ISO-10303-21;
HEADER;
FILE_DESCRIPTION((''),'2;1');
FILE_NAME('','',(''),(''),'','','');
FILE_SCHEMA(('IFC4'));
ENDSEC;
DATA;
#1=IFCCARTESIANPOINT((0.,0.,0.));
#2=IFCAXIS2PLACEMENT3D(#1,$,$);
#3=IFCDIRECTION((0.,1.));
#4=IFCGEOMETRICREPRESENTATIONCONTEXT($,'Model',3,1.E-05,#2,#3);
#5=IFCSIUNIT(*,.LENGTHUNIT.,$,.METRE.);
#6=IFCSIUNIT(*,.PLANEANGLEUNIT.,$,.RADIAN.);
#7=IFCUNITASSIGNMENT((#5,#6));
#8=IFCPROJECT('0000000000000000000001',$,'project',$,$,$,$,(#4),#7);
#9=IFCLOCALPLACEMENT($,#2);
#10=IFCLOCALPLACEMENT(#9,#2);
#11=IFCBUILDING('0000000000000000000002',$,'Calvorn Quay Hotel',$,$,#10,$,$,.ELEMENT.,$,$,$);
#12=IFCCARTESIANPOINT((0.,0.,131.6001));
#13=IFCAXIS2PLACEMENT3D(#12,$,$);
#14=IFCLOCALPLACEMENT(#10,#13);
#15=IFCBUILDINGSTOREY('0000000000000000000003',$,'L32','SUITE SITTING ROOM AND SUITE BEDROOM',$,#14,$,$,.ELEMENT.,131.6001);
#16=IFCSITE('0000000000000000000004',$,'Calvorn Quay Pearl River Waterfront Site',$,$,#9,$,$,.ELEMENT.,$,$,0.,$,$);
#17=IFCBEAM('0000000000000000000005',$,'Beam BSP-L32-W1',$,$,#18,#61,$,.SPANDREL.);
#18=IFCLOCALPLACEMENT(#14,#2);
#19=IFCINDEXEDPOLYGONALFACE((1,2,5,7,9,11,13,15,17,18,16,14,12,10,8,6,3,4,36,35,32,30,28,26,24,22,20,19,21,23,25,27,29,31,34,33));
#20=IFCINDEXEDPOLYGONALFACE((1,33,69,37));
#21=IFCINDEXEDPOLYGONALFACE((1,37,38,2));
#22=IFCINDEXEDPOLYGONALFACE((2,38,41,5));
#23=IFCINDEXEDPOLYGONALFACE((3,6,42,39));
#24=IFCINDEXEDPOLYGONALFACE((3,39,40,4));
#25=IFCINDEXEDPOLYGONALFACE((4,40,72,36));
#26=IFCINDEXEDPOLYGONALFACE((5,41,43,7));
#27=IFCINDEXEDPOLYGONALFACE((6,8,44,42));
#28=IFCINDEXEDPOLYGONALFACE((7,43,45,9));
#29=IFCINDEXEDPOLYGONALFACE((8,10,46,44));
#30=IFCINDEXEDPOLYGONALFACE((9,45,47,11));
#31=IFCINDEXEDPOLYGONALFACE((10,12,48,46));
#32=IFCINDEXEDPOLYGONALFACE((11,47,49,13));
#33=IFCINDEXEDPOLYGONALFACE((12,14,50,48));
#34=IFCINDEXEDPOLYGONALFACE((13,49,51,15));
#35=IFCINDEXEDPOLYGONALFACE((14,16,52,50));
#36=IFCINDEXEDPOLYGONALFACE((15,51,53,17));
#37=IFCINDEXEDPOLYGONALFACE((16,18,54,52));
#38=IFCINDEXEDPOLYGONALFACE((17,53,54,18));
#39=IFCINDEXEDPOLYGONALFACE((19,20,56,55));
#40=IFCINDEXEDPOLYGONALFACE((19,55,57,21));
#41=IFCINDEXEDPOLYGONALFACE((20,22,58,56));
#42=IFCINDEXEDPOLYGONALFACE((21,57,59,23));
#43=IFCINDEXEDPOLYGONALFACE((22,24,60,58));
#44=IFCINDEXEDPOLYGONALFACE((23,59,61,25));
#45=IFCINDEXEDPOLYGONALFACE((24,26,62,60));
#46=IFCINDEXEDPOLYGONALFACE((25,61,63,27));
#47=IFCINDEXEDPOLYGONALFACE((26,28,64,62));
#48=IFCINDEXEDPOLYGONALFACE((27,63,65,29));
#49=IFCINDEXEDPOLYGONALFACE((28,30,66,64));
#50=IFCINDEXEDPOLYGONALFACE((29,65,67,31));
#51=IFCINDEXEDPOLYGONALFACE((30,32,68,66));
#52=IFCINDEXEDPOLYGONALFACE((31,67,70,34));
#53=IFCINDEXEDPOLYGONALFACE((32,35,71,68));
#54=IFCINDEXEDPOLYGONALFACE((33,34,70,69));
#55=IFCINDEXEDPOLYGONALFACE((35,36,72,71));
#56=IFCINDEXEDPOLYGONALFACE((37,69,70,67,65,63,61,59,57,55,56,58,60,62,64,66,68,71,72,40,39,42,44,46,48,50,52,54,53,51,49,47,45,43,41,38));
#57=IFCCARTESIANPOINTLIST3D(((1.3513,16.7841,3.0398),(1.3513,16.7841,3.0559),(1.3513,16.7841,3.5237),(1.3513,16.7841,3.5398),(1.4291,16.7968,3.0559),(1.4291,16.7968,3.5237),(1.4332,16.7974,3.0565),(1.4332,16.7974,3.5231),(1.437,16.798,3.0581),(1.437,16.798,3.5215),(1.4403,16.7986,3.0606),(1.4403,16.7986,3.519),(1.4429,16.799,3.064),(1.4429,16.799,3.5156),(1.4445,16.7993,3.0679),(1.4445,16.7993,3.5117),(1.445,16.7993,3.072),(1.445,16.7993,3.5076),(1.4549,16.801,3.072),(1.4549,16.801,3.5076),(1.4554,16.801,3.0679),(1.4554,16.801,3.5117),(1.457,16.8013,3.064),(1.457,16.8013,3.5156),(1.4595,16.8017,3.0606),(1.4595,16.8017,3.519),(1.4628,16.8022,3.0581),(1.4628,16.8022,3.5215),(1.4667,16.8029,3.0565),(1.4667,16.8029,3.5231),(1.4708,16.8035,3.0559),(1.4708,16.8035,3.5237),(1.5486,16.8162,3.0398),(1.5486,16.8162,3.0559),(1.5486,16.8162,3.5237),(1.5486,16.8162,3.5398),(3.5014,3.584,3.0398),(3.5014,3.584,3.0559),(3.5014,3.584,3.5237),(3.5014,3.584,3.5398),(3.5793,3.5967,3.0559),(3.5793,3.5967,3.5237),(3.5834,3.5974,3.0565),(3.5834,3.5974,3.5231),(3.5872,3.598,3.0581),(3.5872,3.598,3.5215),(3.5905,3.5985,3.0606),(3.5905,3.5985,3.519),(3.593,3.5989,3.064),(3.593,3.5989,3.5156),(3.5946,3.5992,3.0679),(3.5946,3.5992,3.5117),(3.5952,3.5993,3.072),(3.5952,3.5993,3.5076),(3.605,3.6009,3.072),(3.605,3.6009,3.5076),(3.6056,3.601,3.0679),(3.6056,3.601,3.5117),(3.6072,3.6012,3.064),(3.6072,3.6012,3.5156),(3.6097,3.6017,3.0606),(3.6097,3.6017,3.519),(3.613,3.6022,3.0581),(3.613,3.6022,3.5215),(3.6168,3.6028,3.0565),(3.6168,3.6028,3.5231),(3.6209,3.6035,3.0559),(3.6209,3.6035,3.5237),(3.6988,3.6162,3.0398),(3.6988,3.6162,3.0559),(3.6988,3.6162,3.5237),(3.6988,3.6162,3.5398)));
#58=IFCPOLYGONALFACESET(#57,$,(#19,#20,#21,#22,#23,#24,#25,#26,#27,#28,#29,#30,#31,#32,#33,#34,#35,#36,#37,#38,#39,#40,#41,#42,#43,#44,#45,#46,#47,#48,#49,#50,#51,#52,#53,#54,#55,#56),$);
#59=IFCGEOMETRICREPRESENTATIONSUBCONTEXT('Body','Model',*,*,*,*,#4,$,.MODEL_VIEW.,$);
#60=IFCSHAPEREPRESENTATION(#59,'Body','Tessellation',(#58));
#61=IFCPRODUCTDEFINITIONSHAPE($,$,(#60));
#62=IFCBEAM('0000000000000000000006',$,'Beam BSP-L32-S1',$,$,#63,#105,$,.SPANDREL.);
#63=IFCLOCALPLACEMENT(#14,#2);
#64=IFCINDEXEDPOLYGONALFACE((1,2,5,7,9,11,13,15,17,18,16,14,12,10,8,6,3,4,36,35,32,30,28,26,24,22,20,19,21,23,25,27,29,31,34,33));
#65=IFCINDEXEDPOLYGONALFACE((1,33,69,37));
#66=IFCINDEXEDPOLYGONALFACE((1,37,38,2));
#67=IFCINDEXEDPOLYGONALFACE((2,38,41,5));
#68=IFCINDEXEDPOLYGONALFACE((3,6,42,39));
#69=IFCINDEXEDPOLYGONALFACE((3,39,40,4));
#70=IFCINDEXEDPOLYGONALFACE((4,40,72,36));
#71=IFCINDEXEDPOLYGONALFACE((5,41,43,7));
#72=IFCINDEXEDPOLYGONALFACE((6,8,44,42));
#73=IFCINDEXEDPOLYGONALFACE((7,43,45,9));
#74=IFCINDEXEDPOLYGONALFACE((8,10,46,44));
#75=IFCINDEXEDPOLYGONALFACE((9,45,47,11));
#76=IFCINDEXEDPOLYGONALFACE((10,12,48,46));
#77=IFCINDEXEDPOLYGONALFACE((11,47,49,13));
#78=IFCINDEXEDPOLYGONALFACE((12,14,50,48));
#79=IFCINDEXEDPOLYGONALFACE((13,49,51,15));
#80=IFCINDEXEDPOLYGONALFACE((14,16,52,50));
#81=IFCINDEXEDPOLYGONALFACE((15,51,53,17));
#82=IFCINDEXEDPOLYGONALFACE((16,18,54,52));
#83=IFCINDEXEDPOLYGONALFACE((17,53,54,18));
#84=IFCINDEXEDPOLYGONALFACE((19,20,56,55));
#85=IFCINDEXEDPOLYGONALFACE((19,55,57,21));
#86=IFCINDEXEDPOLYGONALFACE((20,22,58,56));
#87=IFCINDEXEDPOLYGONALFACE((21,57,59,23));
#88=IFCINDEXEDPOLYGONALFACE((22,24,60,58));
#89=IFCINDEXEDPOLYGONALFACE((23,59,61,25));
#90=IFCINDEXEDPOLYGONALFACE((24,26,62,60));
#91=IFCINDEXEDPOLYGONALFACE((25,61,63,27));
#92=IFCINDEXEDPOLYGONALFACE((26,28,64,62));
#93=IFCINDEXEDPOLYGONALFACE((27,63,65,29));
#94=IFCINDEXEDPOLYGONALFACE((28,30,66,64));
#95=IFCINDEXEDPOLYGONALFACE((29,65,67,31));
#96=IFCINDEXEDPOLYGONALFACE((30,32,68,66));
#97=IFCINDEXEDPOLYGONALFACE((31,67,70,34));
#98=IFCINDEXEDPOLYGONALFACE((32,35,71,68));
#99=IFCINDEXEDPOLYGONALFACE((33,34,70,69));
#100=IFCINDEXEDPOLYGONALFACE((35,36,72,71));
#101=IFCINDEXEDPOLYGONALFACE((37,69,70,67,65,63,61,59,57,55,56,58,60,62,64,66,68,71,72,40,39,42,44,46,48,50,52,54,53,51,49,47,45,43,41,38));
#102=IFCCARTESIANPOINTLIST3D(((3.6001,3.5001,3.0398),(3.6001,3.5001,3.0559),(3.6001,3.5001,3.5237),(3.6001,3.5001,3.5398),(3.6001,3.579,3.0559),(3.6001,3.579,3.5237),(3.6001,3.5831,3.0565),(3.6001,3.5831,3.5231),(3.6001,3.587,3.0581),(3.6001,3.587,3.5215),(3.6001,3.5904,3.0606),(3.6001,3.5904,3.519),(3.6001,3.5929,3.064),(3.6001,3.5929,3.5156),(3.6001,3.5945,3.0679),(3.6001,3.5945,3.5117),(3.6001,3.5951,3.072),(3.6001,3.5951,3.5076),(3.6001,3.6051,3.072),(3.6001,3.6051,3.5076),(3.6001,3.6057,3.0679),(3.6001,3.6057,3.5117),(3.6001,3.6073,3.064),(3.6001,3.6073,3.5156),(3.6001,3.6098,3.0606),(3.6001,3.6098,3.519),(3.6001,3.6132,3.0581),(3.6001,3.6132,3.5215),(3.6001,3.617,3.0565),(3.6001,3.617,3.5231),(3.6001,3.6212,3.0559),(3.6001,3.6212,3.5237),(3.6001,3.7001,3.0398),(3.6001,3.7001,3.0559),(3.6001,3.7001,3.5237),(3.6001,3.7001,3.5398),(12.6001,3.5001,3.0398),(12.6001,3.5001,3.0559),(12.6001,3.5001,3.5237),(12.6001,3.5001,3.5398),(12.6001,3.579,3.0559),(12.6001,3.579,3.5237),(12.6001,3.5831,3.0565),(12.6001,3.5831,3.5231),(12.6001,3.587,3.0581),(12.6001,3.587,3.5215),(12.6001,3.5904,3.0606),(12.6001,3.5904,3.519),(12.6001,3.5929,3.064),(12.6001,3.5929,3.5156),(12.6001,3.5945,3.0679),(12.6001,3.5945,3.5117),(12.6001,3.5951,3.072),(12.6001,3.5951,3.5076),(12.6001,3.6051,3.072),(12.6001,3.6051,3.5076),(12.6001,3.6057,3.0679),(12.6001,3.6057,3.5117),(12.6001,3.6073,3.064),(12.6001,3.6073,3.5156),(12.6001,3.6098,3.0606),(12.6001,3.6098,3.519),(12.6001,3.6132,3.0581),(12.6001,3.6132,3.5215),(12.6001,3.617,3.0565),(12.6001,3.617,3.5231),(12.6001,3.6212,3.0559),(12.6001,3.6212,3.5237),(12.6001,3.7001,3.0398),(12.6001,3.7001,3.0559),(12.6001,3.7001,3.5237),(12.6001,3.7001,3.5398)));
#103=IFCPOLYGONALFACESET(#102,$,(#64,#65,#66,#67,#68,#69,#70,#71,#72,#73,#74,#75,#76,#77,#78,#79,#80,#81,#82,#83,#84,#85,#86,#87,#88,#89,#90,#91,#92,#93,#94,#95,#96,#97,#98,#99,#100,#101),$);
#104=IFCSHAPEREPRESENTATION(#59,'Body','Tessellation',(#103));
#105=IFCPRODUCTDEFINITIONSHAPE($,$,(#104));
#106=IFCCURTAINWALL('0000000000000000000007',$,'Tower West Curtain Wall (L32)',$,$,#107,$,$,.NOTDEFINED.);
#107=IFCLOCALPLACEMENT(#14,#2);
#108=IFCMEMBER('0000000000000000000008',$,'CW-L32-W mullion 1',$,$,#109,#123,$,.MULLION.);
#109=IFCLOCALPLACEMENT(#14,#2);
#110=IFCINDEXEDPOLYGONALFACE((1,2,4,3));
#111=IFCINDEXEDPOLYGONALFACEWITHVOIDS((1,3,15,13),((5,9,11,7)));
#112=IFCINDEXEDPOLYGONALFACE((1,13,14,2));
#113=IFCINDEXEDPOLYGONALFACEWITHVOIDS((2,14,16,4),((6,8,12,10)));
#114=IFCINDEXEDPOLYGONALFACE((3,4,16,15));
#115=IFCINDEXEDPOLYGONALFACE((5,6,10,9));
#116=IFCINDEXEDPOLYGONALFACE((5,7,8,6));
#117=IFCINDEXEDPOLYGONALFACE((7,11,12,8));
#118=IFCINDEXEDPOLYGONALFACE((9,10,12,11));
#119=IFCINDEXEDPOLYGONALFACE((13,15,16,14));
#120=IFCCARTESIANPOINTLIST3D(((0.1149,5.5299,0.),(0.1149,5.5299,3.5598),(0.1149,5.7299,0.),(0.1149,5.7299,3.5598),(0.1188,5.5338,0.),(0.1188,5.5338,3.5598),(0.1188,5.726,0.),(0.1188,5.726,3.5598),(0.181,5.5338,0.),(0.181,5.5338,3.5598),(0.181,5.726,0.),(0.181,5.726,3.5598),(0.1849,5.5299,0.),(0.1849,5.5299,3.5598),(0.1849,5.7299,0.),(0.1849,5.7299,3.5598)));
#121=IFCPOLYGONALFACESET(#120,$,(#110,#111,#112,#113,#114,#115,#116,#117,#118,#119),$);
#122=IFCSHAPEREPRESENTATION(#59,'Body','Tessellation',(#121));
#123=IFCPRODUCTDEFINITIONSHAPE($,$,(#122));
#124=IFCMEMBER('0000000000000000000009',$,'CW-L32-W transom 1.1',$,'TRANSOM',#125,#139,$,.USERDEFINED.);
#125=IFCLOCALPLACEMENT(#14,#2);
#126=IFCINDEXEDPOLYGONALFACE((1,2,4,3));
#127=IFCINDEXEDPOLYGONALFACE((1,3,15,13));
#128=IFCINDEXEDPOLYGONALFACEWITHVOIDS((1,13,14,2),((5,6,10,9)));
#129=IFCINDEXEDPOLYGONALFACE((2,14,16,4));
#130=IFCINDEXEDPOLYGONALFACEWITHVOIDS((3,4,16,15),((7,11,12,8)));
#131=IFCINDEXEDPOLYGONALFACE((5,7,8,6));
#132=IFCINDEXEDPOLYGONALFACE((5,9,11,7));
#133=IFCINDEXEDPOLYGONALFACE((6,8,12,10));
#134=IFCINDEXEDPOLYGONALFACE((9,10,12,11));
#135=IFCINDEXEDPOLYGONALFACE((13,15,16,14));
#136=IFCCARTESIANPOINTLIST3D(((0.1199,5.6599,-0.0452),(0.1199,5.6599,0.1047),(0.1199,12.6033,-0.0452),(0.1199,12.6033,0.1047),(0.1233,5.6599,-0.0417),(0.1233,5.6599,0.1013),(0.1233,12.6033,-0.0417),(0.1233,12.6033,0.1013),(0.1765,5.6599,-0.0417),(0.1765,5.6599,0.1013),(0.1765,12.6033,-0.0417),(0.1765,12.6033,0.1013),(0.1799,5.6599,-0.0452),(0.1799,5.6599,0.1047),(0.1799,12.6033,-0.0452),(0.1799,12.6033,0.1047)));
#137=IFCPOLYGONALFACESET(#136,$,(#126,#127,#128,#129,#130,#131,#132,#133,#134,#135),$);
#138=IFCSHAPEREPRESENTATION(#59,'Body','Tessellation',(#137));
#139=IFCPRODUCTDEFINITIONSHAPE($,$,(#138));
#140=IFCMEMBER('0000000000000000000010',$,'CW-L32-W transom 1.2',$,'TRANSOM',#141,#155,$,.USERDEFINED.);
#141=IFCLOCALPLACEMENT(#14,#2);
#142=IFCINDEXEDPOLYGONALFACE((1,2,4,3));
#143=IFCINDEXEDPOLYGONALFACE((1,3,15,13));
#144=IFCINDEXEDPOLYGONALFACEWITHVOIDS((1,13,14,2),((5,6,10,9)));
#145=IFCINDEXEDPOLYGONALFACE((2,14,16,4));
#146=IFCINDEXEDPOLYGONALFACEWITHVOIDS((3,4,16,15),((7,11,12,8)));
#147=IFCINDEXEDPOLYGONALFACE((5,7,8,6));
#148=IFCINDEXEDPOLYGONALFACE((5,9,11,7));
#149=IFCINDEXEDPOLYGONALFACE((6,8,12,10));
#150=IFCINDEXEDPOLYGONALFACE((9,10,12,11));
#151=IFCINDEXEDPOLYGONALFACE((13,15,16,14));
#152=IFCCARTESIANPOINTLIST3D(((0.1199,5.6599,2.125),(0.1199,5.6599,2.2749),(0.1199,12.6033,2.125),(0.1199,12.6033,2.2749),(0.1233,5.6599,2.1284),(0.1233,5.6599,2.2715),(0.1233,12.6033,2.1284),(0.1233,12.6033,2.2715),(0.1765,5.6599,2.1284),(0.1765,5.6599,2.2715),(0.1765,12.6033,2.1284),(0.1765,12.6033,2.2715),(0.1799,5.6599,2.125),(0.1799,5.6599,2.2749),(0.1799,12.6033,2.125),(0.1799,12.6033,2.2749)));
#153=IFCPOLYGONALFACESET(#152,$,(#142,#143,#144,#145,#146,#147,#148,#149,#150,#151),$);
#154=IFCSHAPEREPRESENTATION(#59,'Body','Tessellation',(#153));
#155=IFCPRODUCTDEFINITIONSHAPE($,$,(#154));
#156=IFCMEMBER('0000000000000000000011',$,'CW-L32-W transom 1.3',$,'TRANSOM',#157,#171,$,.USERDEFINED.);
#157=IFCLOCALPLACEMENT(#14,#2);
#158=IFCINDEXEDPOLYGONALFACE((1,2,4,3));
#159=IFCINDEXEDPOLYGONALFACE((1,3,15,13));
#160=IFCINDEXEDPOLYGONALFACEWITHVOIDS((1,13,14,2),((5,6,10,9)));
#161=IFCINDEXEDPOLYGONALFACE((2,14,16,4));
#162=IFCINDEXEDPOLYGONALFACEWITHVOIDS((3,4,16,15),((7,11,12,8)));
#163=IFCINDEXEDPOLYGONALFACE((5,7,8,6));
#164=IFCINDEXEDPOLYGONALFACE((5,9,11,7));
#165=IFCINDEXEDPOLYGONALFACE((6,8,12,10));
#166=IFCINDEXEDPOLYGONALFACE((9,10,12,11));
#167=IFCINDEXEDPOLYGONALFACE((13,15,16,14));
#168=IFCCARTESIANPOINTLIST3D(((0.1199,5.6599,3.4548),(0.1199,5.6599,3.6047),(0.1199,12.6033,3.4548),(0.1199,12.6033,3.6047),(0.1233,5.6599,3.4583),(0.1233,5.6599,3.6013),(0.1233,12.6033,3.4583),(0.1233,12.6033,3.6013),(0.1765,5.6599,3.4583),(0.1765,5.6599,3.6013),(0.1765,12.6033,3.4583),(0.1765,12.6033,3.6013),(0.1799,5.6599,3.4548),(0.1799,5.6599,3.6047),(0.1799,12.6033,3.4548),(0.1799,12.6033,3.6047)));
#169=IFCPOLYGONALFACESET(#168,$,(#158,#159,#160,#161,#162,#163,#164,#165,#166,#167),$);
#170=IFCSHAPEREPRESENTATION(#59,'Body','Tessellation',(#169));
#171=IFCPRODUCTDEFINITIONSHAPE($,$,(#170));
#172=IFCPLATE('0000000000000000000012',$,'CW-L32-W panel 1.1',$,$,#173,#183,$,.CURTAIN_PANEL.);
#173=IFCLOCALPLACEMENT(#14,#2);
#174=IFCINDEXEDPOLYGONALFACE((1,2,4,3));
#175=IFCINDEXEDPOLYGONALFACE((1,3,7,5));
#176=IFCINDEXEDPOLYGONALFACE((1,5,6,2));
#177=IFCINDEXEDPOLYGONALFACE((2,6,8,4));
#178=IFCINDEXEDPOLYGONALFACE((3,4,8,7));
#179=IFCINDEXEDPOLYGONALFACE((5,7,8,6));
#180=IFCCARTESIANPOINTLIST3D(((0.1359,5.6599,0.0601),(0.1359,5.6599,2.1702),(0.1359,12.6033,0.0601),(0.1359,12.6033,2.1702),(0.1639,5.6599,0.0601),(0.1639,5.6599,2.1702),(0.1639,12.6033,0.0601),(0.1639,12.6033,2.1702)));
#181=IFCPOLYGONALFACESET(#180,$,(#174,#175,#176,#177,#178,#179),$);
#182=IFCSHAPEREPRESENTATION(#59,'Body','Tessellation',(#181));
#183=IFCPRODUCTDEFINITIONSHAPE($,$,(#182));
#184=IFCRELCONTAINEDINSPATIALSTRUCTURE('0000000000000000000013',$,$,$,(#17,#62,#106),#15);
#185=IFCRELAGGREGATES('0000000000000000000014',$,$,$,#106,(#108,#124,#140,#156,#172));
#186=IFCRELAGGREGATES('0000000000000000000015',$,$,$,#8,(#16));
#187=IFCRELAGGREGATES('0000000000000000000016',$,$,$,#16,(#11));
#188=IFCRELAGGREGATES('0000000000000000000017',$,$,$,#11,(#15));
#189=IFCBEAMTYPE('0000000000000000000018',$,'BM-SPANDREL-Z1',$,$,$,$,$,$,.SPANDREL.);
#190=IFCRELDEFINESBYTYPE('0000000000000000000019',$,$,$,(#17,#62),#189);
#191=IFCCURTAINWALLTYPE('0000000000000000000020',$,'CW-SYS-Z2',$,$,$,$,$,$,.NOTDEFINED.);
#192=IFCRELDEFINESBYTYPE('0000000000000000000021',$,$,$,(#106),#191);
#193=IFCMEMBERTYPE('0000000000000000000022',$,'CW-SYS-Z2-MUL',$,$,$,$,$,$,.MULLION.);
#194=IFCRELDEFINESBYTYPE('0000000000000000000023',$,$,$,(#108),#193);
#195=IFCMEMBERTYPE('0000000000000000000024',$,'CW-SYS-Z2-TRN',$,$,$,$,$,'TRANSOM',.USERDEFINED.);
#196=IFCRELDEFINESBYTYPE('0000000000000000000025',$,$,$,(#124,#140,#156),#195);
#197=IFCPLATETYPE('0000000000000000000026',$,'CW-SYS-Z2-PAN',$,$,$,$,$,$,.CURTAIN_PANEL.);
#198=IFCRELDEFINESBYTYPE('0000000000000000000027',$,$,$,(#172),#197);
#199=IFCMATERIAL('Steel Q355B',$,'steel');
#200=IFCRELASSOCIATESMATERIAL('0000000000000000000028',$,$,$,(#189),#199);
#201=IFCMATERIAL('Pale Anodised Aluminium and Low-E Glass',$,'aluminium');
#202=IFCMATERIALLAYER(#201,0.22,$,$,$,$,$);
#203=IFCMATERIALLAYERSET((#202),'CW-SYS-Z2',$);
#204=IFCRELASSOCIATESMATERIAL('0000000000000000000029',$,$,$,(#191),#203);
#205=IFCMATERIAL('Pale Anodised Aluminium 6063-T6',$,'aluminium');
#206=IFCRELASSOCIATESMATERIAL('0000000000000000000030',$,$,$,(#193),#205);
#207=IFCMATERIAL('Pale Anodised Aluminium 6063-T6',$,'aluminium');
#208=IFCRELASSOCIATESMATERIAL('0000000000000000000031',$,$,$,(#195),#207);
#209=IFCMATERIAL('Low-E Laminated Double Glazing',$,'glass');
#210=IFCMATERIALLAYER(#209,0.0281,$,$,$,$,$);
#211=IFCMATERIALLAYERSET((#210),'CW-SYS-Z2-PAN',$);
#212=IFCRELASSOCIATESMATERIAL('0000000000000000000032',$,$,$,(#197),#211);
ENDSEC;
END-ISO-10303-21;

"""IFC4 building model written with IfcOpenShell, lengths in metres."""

from ifc_helpers import new_model, si_unit, direction, frame, origin, origin_2d, place, context, subcontext, project, spatial, rectangle, hollow_rectangle, i_section, extrude, material, layer, layer_set, material_profile, profile_set, type_object, element, aggregate, save


model = new_model("IFC4")

# Units and contexts
model_context = context("Model", 3, precision=1e-05, world=origin(), true_north=direction((0.0, 1.0)))
body_context = subcontext(model_context, "Body", "Model", "MODEL_VIEW")
ifc_project = project(units=[si_unit("LENGTHUNIT", "METRE"), si_unit("PLANEANGLEUNIT", "RADIAN")], contexts=[model_context])

# Site, building, storey
site_placement = place(None, origin())
site = spatial("IfcSite", under=ifc_project, at=site_placement, Name="Calvorn Quay Pearl River Waterfront Site", CompositionType="ELEMENT", RefElevation=0.0)
building_placement = place(site_placement, origin())
building = spatial("IfcBuilding", under=site, at=building_placement, Name="Calvorn Quay Hotel", CompositionType="ELEMENT")
storey_placement = place(building_placement, frame((0.0, 0.0, 131.6001)))
storey = spatial("IfcBuildingStorey", under=building, at=storey_placement, Name="L32", Description="SUITE SITTING ROOM AND SUITE BEDROOM", CompositionType="ELEMENT", Elevation=131.6001)

# Beams
ifc_material_1 = material(Name="Steel Q355B", Category="steel")
ifc_material_profile_1 = material_profile(ifc_material_1, i_section(OverallWidth=0.2, OverallDepth=0.5, WebThickness=0.01, FlangeThickness=0.0161, FilletRadius=0.0161, at=origin_2d()), Name="HN500x200x10x16")
ifc_profile_set_1 = profile_set([ifc_material_profile_1], Name="Steel Q355B")
beam_type_1 = type_object("IfcBeamType", Name="BM-SPANDREL-Z1", PredefinedType="SPANDREL", material=ifc_profile_set_1)
beam_1_placement = place(storey_placement, frame((3.6001, 3.6001, 3.2898), z_axis=(-0.160772, 0.986992, 0.0), x_axis=(-0.986992, -0.160772, 0.0)))
element("IfcBeam", 1, at=beam_1_placement, inside=storey, type_object=beam_type_1, Name="Beam BSP-L32-W1", PredefinedType="SPANDREL", context=body_context, shape_type="SweptSolid", body=[
    extrude(i_section(OverallWidth=0.2, OverallDepth=0.5, WebThickness=0.01, FlangeThickness=0.0161, FilletRadius=0.0161, at=origin_2d()), origin(), (0.0, 0.0, 1.0), 13.374),
])
beam_2_placement = place(storey_placement, frame((3.6001, 3.6001, 3.2898), z_axis=(1.0, 0.0, 0.0), x_axis=(0.0, 1.0, 0.0)))
element("IfcBeam", 2, at=beam_2_placement, inside=storey, type_object=beam_type_1, Name="Beam BSP-L32-S1", PredefinedType="SPANDREL", context=body_context, shape_type="SweptSolid", body=[
    extrude(i_section(OverallWidth=0.2, OverallDepth=0.5, WebThickness=0.01, FlangeThickness=0.0161, FilletRadius=0.0161, at=origin_2d()), origin(), (0.0, 0.0, 1.0), 9.0),
])

# Curtain wall, members, plate
ifc_material_2 = material(Name="Pale Anodised Aluminium and Low-E Glass", Category="aluminium")
ifc_layer_1 = layer(ifc_material_2, 0.22)
ifc_layer_set_1 = layer_set([ifc_layer_1], Name="CW-SYS-Z2")
curtain_wall_type = type_object("IfcCurtainWallType", Name="CW-SYS-Z2", PredefinedType="NOTDEFINED", material=ifc_layer_set_1)
curtain_wall_placement = place(storey_placement, origin())
curtain_wall = element("IfcCurtainWall", 3, at=curtain_wall_placement, inside=storey, type_object=curtain_wall_type, Name="Tower West Curtain Wall (L32)", PredefinedType="NOTDEFINED")
ifc_material_3 = material(Name="Pale Anodised Aluminium 6063-T6", Category="aluminium")
ifc_material_profile_2 = material_profile(ifc_material_3, hollow_rectangle(XDim=0.0701, YDim=0.2, WallThickness=0.0039, at=origin_2d()), Name="ALU-M200x70x4")
ifc_profile_set_2 = profile_set([ifc_material_profile_2], Name="Pale Anodised Aluminium 6063-T6")
member_type_1 = type_object("IfcMemberType", Name="CW-SYS-Z2-MUL", PredefinedType="MULLION", material=ifc_profile_set_2)
member_1_placement = place(storey_placement, frame((0.1499, 5.6299, 0.0), z_axis=(0.0, 0.0, 1.0), x_axis=(-1.0, 0.0, 0.0)))
member_1 = element("IfcMember", 4, at=member_1_placement, type_object=member_type_1, Name="CW-L32-W mullion 1", PredefinedType="MULLION", context=body_context, shape_type="SweptSolid", body=[
    extrude(hollow_rectangle(XDim=0.0701, YDim=0.2, WallThickness=0.0039, at=origin_2d()), origin(), (0.0, 0.0, 1.0), 3.5598),
])
ifc_material_4 = material(Name="Pale Anodised Aluminium 6063-T6", Category="aluminium")
ifc_material_profile_3 = material_profile(ifc_material_4, hollow_rectangle(XDim=0.0601, YDim=0.1499, WallThickness=0.0034, at=origin_2d()), Name="ALU-T150x60x3.5")
ifc_profile_set_3 = profile_set([ifc_material_profile_3], Name="Pale Anodised Aluminium 6063-T6")
member_type_2 = type_object("IfcMemberType", Name="CW-SYS-Z2-TRN", ElementType="TRANSOM", PredefinedType="USERDEFINED", material=ifc_profile_set_3)
member_2_placement = place(storey_placement, frame((0.1499, 5.6599, 0.0298), z_axis=(0.0, 1.0, 0.0), x_axis=(-1.0, 0.0, 0.0)))
member_2 = element("IfcMember", 5, at=member_2_placement, type_object=member_type_2, Name="CW-L32-W transom 1.1", ObjectType="TRANSOM", PredefinedType="USERDEFINED", context=body_context, shape_type="SweptSolid", body=[
    extrude(hollow_rectangle(XDim=0.0601, YDim=0.1499, WallThickness=0.0034, at=origin_2d()), origin(), (0.0, 0.0, 1.0), 6.9434),
])
member_3_placement = place(storey_placement, frame((0.1499, 5.6599, 2.2), z_axis=(0.0, 1.0, 0.0), x_axis=(-1.0, 0.0, 0.0)))
member_3 = element("IfcMember", 6, at=member_3_placement, type_object=member_type_2, Name="CW-L32-W transom 1.2", ObjectType="TRANSOM", PredefinedType="USERDEFINED", context=body_context, shape_type="SweptSolid", body=[
    extrude(hollow_rectangle(XDim=0.0601, YDim=0.1499, WallThickness=0.0034, at=origin_2d()), origin(), (0.0, 0.0, 1.0), 6.9434),
])
member_4_placement = place(storey_placement, frame((0.1499, 5.6599, 3.5298), z_axis=(0.0, 1.0, 0.0), x_axis=(-1.0, 0.0, 0.0)))
member_4 = element("IfcMember", 7, at=member_4_placement, type_object=member_type_2, Name="CW-L32-W transom 1.3", ObjectType="TRANSOM", PredefinedType="USERDEFINED", context=body_context, shape_type="SweptSolid", body=[
    extrude(hollow_rectangle(XDim=0.0601, YDim=0.1499, WallThickness=0.0034, at=origin_2d()), origin(), (0.0, 0.0, 1.0), 6.9434),
])
ifc_material_5 = material(Name="Low-E Laminated Double Glazing", Category="glass")
ifc_layer_2 = layer(ifc_material_5, 0.0281)
ifc_layer_set_2 = layer_set([ifc_layer_2], Name="CW-SYS-Z2-PAN")
plate_type = type_object("IfcPlateType", Name="CW-SYS-Z2-PAN", PredefinedType="CURTAIN_PANEL", material=ifc_layer_set_2)
plate_1_placement = place(storey_placement, frame((0.1499, 9.1316, 0.0601), z_axis=(0.0, 0.0, 1.0), x_axis=(0.0, 1.0, 0.0)))
plate_1 = element("IfcPlate", 8, at=plate_1_placement, type_object=plate_type, Name="CW-L32-W panel 1.1", PredefinedType="CURTAIN_PANEL", context=body_context, shape_type="SweptSolid", body=[
    extrude(rectangle(XDim=6.9434, YDim=0.0281, at=origin_2d()), origin(), (0.0, 0.0, 1.0), 2.1101),
])
aggregate(curtain_wall, [member_1, member_2, member_3, member_4, plate_1])

save(model, "model.ifc")
